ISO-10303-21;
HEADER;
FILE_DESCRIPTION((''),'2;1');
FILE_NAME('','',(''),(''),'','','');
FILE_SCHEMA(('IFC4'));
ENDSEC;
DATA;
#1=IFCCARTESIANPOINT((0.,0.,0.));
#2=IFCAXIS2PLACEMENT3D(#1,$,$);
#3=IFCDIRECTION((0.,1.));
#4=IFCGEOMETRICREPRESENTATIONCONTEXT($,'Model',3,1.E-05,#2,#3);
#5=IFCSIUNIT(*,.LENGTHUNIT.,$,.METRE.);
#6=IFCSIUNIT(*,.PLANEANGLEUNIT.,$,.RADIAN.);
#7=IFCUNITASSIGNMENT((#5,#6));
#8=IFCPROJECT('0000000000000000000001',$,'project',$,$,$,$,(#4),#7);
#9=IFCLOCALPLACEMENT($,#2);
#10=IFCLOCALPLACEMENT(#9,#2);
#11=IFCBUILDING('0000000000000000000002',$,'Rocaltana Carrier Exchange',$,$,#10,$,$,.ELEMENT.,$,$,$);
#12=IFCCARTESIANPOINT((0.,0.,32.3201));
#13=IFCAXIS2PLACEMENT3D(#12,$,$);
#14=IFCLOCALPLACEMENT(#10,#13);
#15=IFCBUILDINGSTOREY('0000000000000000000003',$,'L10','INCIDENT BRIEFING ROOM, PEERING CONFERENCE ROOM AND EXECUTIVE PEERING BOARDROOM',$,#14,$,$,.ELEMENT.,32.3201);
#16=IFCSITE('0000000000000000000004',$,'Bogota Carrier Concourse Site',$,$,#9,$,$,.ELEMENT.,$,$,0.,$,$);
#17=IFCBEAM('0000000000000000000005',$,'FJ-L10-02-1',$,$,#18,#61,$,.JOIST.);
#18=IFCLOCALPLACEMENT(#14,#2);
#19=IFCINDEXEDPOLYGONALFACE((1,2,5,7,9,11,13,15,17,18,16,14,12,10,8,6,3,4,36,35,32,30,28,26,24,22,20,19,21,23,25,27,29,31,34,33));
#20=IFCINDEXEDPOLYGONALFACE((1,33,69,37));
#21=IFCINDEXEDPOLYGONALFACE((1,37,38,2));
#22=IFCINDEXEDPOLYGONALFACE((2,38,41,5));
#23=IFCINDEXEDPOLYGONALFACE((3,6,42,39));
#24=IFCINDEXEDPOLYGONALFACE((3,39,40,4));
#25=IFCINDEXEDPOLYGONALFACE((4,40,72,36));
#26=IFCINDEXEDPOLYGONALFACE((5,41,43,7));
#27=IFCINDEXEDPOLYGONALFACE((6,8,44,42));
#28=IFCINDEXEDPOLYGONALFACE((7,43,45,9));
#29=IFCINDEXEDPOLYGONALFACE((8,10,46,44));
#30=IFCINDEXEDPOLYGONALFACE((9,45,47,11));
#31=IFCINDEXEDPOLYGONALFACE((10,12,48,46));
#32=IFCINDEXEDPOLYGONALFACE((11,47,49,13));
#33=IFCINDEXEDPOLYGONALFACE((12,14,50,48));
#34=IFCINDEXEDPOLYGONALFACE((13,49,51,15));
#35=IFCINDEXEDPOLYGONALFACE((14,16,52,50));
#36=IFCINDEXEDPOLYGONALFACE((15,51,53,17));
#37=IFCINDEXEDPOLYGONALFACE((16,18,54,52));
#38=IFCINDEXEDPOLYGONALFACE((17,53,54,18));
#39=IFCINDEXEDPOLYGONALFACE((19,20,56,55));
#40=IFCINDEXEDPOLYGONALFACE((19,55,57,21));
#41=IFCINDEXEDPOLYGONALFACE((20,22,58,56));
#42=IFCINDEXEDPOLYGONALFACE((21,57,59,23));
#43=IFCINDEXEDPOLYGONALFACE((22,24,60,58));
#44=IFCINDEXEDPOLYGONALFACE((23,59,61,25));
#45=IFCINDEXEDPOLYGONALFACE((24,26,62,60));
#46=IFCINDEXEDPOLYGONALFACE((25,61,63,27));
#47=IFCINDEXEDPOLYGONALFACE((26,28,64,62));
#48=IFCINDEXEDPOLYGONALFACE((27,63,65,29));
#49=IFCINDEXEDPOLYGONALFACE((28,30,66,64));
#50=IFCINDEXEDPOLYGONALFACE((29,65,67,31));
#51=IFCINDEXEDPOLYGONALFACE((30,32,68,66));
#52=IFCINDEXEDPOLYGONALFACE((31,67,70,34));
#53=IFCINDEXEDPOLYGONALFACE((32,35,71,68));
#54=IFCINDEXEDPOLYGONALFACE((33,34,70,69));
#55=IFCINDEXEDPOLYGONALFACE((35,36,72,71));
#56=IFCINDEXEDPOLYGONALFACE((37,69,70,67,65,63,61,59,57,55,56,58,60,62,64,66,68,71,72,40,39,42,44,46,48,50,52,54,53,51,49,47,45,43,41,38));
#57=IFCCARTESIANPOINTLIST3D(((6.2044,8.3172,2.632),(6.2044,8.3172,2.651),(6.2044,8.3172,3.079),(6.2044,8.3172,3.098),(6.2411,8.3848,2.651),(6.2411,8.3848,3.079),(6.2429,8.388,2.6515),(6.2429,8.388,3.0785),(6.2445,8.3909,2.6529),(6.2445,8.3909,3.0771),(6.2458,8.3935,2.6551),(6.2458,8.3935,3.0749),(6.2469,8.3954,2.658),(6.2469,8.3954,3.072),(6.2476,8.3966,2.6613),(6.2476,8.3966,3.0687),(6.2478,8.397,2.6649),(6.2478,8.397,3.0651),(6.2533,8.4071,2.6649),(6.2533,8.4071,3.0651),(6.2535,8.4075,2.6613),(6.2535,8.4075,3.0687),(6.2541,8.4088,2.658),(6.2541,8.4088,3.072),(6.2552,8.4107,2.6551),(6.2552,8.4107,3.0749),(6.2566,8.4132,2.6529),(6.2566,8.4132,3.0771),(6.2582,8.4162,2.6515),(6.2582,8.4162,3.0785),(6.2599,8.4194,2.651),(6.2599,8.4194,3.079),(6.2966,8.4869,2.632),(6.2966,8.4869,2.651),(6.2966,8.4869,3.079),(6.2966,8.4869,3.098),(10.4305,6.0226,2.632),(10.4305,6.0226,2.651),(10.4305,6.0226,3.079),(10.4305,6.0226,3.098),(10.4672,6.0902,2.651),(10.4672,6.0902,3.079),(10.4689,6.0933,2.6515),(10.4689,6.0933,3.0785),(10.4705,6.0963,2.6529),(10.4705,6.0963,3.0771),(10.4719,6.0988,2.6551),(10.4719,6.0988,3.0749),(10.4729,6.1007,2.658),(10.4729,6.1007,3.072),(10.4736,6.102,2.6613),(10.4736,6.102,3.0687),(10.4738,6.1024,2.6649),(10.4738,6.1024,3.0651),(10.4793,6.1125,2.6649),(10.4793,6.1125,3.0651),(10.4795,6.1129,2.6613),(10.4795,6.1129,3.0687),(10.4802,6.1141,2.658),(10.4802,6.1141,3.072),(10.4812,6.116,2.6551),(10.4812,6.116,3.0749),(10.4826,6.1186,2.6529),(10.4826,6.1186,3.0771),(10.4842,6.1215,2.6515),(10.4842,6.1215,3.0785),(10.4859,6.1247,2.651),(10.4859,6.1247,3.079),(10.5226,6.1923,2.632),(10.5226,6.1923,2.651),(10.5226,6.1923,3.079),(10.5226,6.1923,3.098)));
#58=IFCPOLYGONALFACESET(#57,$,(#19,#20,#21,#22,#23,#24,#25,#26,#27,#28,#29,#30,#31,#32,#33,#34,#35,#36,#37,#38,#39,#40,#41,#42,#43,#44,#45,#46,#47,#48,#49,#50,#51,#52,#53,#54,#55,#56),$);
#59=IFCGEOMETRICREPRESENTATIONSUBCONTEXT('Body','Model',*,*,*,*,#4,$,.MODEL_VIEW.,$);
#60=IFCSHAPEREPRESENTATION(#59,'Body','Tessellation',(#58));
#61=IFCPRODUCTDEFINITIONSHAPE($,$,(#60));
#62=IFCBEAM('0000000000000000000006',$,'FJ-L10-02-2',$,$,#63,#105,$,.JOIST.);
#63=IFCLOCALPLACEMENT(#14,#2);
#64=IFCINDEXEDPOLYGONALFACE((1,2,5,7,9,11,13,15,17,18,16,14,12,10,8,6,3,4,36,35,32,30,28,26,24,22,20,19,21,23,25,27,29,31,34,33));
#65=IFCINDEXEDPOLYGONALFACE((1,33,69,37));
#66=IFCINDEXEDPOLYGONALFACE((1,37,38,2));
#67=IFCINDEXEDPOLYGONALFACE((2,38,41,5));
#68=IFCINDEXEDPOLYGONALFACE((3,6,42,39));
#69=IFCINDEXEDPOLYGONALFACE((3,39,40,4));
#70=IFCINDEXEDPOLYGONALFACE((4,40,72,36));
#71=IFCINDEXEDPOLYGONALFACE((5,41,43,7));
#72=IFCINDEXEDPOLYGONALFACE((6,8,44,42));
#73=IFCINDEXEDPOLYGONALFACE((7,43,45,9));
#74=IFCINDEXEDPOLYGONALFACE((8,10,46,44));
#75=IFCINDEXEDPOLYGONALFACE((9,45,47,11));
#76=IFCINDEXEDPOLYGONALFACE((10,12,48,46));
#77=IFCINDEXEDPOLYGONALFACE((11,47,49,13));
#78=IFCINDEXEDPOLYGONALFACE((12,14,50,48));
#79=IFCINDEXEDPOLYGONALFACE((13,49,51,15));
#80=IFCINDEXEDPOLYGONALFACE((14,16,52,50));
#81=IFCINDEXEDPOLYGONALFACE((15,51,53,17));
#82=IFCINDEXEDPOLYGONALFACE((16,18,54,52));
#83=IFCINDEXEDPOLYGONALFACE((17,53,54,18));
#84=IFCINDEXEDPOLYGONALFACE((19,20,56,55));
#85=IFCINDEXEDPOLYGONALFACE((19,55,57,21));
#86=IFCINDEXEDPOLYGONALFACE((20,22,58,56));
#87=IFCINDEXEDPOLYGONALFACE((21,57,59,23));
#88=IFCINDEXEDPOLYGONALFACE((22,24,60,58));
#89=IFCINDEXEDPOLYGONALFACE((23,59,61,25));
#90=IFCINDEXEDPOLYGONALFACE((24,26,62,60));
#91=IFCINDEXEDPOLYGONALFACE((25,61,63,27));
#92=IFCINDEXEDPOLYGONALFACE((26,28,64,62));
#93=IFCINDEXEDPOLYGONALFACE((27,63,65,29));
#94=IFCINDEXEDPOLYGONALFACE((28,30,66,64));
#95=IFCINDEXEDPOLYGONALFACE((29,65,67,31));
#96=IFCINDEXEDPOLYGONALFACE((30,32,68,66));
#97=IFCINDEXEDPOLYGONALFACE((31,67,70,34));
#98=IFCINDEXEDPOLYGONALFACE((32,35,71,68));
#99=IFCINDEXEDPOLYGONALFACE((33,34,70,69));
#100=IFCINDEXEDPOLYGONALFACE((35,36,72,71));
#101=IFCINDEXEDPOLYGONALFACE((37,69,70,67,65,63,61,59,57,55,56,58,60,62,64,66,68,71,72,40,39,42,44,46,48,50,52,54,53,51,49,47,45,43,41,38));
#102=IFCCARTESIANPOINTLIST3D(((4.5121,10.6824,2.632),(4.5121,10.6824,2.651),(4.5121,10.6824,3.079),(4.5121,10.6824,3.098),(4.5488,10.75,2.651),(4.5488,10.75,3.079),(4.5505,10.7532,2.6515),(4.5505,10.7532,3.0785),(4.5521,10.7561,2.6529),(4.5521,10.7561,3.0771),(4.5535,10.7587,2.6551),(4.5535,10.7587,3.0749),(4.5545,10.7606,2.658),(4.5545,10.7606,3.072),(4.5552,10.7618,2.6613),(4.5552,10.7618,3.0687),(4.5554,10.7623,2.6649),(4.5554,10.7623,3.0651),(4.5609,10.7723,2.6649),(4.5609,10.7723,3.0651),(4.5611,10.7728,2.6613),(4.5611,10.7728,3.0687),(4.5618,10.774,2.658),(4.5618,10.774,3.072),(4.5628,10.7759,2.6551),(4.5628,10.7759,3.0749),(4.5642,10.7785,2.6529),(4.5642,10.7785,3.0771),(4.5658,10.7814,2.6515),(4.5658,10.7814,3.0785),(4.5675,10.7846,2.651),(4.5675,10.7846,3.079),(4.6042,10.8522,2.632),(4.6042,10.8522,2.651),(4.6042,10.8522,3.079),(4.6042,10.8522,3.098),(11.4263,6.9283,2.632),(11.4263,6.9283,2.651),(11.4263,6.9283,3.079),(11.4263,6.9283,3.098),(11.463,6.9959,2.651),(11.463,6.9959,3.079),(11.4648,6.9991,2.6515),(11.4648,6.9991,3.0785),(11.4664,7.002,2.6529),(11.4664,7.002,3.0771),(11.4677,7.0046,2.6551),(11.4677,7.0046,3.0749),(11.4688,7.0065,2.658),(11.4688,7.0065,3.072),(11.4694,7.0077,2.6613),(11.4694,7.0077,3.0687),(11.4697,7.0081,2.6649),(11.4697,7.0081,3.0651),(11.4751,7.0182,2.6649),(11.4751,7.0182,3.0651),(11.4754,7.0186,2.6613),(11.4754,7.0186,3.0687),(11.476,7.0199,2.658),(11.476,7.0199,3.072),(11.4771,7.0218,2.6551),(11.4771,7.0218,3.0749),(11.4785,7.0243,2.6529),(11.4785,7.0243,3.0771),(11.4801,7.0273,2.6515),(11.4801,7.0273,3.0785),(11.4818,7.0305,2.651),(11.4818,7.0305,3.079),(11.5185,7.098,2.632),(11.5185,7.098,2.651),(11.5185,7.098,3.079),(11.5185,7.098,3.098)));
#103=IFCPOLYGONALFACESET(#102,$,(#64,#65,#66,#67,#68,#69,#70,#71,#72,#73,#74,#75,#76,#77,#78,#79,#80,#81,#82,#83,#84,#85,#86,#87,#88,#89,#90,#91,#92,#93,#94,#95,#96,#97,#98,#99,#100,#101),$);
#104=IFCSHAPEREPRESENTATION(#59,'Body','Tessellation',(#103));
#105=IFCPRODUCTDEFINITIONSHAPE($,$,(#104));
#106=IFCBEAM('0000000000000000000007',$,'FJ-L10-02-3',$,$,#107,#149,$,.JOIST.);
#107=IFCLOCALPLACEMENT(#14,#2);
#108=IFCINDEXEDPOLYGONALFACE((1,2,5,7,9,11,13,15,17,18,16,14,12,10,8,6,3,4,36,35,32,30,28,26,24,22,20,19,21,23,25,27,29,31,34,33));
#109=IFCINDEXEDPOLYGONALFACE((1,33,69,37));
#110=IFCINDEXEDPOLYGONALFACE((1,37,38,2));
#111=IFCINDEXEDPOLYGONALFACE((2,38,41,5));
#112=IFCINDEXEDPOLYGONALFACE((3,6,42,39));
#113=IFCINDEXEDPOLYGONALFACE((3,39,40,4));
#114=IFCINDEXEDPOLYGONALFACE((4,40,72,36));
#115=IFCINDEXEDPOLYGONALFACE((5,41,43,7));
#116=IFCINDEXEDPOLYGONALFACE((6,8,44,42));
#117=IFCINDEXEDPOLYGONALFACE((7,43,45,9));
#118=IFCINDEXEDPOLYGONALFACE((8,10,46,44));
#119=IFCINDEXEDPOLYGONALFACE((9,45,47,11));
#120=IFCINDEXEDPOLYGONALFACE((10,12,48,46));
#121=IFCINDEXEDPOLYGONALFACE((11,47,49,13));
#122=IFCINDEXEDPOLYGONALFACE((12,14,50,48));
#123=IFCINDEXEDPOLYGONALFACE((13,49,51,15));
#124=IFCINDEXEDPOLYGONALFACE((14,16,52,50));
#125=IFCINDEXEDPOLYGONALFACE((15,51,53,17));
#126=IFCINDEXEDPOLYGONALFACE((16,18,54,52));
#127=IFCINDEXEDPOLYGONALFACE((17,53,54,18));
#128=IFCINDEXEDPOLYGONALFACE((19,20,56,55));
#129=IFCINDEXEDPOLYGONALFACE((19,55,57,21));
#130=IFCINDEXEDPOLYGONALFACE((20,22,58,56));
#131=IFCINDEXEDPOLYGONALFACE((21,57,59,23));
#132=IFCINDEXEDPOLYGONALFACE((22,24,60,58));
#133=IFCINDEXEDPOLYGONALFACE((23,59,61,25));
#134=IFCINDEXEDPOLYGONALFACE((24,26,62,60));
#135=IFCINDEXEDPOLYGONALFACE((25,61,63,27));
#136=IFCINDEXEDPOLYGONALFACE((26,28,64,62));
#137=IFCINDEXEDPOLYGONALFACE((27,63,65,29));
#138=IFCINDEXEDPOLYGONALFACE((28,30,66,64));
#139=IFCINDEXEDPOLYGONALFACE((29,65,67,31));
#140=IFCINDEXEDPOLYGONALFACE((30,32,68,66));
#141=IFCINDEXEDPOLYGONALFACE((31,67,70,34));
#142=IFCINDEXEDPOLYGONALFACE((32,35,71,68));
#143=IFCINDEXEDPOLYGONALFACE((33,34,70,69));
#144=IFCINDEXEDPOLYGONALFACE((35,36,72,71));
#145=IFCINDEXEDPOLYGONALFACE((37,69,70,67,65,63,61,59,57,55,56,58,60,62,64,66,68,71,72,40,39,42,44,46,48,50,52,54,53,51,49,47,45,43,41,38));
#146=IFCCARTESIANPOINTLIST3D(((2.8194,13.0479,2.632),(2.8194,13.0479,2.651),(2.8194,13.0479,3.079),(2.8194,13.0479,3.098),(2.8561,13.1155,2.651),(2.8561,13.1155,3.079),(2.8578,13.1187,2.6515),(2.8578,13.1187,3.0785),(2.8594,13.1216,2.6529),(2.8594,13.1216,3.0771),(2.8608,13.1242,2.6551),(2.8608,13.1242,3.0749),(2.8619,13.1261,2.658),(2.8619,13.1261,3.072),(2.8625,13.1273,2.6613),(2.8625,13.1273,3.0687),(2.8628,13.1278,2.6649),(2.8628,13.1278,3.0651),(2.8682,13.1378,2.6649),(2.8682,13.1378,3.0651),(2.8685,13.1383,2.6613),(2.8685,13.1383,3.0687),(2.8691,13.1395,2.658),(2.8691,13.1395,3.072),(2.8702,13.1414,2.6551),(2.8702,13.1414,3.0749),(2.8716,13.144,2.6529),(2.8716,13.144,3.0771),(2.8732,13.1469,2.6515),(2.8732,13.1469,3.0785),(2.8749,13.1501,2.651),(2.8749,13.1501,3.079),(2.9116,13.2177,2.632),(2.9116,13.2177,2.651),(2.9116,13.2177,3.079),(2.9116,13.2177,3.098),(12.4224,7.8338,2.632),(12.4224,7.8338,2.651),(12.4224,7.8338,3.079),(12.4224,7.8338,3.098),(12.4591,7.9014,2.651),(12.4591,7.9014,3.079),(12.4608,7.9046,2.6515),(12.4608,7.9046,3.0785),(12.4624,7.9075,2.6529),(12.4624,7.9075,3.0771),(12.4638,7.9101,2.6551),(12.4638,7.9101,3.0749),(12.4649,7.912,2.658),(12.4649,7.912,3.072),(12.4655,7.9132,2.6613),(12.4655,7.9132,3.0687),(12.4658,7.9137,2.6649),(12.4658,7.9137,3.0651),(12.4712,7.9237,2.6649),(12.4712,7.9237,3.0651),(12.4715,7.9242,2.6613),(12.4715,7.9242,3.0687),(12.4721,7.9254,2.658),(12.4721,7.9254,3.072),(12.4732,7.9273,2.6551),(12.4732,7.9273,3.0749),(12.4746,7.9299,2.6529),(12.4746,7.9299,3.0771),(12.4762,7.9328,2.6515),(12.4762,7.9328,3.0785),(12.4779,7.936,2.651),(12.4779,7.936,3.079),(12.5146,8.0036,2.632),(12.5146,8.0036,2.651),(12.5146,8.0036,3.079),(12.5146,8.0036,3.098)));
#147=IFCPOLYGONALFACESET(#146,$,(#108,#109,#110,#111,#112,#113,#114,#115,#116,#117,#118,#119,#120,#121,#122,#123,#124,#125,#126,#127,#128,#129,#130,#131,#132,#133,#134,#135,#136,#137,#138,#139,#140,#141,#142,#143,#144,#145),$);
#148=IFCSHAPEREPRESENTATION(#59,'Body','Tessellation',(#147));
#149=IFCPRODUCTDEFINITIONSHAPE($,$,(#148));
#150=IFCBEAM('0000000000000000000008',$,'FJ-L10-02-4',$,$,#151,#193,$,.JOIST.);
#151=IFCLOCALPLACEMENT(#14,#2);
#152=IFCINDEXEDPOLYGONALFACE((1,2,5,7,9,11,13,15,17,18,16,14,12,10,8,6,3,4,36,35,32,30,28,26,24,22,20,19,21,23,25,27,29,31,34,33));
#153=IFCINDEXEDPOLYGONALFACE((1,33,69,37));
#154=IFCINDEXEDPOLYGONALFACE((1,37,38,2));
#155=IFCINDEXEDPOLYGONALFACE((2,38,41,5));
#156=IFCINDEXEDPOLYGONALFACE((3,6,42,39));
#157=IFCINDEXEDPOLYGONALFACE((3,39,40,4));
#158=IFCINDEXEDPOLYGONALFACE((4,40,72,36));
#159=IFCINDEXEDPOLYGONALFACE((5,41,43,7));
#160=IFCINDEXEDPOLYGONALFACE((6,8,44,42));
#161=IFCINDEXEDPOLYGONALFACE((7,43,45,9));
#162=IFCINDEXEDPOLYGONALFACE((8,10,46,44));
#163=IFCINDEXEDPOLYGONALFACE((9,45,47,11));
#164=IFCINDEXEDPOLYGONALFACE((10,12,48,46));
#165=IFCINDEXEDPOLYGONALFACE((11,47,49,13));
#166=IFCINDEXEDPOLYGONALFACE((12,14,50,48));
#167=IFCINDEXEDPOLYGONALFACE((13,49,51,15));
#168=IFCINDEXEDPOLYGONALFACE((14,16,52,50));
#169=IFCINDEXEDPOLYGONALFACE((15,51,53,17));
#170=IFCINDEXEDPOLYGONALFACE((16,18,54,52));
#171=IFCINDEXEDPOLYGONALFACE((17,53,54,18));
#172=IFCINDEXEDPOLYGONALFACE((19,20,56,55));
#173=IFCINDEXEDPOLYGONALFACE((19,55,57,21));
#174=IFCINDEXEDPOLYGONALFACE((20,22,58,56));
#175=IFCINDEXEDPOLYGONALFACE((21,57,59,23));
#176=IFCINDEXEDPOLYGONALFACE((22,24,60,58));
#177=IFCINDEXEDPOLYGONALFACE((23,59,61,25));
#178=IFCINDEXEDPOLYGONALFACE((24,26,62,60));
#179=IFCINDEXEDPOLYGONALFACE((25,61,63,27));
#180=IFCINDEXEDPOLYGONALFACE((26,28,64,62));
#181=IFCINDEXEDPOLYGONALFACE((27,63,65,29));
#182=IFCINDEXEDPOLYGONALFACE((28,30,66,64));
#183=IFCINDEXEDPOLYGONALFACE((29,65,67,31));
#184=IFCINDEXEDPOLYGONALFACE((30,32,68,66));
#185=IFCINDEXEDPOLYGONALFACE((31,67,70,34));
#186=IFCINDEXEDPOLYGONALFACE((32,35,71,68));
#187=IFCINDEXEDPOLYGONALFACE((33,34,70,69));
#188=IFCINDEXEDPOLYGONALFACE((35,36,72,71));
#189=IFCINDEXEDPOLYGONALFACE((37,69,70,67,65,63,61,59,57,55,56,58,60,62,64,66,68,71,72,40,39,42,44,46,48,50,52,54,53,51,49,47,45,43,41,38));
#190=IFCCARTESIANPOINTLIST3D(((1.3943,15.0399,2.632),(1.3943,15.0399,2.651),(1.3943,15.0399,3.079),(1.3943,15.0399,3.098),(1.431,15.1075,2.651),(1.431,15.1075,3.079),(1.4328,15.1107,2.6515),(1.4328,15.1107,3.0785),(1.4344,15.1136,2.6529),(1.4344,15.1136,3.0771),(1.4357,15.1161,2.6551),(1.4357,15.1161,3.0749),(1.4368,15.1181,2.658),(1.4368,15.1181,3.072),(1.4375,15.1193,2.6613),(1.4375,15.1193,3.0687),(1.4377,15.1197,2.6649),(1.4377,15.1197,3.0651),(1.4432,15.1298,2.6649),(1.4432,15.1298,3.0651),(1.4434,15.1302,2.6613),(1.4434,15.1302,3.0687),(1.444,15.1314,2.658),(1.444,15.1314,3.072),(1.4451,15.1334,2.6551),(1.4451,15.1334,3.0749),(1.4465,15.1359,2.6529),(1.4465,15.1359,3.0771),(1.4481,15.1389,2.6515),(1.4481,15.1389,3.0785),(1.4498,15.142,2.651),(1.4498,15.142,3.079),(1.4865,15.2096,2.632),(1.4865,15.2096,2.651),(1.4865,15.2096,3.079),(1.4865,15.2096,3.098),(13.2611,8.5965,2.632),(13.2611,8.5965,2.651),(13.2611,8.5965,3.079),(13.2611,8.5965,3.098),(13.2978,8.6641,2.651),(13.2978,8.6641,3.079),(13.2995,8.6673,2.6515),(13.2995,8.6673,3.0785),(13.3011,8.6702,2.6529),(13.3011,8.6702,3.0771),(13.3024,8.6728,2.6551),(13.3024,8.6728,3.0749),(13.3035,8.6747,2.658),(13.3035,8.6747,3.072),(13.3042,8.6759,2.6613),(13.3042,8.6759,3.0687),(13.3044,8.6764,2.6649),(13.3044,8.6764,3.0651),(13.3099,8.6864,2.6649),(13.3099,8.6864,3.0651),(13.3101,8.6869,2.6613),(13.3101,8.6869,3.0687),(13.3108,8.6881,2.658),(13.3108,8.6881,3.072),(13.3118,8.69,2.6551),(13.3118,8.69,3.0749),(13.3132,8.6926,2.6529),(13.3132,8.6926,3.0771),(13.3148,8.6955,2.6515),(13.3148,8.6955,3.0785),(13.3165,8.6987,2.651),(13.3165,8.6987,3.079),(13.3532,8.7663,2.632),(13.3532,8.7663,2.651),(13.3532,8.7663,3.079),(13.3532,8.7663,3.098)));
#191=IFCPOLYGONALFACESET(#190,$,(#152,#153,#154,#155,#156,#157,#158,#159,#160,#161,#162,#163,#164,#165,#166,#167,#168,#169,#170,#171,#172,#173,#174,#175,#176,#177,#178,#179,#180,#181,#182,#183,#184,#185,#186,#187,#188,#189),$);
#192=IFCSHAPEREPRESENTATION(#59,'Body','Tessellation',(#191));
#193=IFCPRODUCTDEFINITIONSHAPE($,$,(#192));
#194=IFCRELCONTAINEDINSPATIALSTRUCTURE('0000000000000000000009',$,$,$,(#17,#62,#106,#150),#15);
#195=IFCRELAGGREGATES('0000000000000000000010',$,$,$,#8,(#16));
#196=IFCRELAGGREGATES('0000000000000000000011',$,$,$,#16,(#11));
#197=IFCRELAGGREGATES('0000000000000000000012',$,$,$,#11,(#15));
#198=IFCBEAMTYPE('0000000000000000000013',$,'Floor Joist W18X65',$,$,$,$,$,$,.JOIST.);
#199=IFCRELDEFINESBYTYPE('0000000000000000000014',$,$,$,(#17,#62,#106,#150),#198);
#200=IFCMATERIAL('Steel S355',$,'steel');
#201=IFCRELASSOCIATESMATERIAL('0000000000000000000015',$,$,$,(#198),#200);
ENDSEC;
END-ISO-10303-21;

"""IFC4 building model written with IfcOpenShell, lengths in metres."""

from ifc_helpers import new_model, si_unit, direction, frame, origin, origin_2d, place, context, subcontext, project, spatial, i_section, extrude, material, material_profile, profile_set, type_object, element, save


model = new_model("IFC4")

# Units and contexts
model_context = context("Model", 3, precision=1e-05, world=origin(), true_north=direction((0.0, 1.0)))
body_context = subcontext(model_context, "Body", "Model", "MODEL_VIEW")
ifc_project = project(units=[si_unit("LENGTHUNIT", "METRE"), si_unit("PLANEANGLEUNIT", "RADIAN")], contexts=[model_context])

# Site, building, storey
site_placement = place(None, origin())
site = spatial("IfcSite", under=ifc_project, at=site_placement, Name="Bogota Carrier Concourse Site", CompositionType="ELEMENT", RefElevation=0.0)
building_placement = place(site_placement, origin())
building = spatial("IfcBuilding", under=site, at=building_placement, Name="Rocaltana Carrier Exchange", CompositionType="ELEMENT")
storey_placement = place(building_placement, frame((0.0, 0.0, 32.3201)))
storey = spatial("IfcBuildingStorey", under=building, at=storey_placement, Name="L10", Description="INCIDENT BRIEFING ROOM, PEERING CONFERENCE ROOM AND EXECUTIVE PEERING BOARDROOM", CompositionType="ELEMENT", Elevation=32.3201)

# Beams
ifc_material_1 = material(Name="Steel S355", Category="steel")
ifc_material_profile_1 = material_profile(ifc_material_1, i_section(OverallWidth=0.1931, OverallDepth=0.4661, WebThickness=0.0115, FlangeThickness=0.019, FilletRadius=0.0139, at=origin_2d()), Name="W18X65")
ifc_profile_set_1 = profile_set([ifc_material_profile_1], Name="Steel S355")
beam_type_1 = type_object("IfcBeamType", Name="Floor Joist W18X65", PredefinedType="JOIST", material=ifc_profile_set_1)
beam_1_placement = place(storey_placement, frame((10.4766, 6.1074, 2.865), z_axis=(-0.878808, 0.477176, 0.0), x_axis=(-0.477176, -0.878808, 0.0)))
element("IfcBeam", 1, at=beam_1_placement, inside=storey, type_object=beam_type_1, Name="FJ-L10-02-1", PredefinedType="JOIST", context=body_context, shape_type="SweptSolid", body=[
    extrude(i_section(OverallWidth=0.1931, OverallDepth=0.4661, WebThickness=0.0115, FlangeThickness=0.019, FilletRadius=0.0139, at=origin_2d()), origin(), (0.0, 0.0, 1.0), 4.8088),
])
beam_2_placement = place(storey_placement, frame((11.4724, 7.0132, 2.865), z_axis=(-0.878818, 0.477158, 0.0), x_axis=(-0.477158, -0.878818, 0.0)))
element("IfcBeam", 2, at=beam_2_placement, inside=storey, type_object=beam_type_1, Name="FJ-L10-02-2", PredefinedType="JOIST", context=body_context, shape_type="SweptSolid", body=[
    extrude(i_section(OverallWidth=0.1931, OverallDepth=0.4661, WebThickness=0.0115, FlangeThickness=0.019, FilletRadius=0.0139, at=origin_2d()), origin(), (0.0, 0.0, 1.0), 7.8677),
])
beam_3_placement = place(storey_placement, frame((12.4685, 7.9187, 2.865), z_axis=(-0.878814, 0.477165, 0.0), x_axis=(-0.477165, -0.878814, 0.0)))
element("IfcBeam", 3, at=beam_3_placement, inside=storey, type_object=beam_type_1, Name="FJ-L10-02-3", PredefinedType="JOIST", context=body_context, shape_type="SweptSolid", body=[
    extrude(i_section(OverallWidth=0.1931, OverallDepth=0.4661, WebThickness=0.0115, FlangeThickness=0.019, FilletRadius=0.0139, at=origin_2d()), origin(), (0.0, 0.0, 1.0), 10.9272),
])
beam_4_placement = place(storey_placement, frame((13.3071, 8.6814, 2.865), z_axis=(-0.878809, 0.477174, 0.0), x_axis=(-0.477174, -0.878809, 0.0)))
element("IfcBeam", 4, at=beam_4_placement, inside=storey, type_object=beam_type_1, Name="FJ-L10-02-4", PredefinedType="JOIST", context=body_context, shape_type="SweptSolid", body=[
    extrude(i_section(OverallWidth=0.1931, OverallDepth=0.4661, WebThickness=0.0115, FlangeThickness=0.019, FilletRadius=0.0139, at=origin_2d()), origin(), (0.0, 0.0, 1.0), 13.5032),
])

save(model, "model.ifc")
